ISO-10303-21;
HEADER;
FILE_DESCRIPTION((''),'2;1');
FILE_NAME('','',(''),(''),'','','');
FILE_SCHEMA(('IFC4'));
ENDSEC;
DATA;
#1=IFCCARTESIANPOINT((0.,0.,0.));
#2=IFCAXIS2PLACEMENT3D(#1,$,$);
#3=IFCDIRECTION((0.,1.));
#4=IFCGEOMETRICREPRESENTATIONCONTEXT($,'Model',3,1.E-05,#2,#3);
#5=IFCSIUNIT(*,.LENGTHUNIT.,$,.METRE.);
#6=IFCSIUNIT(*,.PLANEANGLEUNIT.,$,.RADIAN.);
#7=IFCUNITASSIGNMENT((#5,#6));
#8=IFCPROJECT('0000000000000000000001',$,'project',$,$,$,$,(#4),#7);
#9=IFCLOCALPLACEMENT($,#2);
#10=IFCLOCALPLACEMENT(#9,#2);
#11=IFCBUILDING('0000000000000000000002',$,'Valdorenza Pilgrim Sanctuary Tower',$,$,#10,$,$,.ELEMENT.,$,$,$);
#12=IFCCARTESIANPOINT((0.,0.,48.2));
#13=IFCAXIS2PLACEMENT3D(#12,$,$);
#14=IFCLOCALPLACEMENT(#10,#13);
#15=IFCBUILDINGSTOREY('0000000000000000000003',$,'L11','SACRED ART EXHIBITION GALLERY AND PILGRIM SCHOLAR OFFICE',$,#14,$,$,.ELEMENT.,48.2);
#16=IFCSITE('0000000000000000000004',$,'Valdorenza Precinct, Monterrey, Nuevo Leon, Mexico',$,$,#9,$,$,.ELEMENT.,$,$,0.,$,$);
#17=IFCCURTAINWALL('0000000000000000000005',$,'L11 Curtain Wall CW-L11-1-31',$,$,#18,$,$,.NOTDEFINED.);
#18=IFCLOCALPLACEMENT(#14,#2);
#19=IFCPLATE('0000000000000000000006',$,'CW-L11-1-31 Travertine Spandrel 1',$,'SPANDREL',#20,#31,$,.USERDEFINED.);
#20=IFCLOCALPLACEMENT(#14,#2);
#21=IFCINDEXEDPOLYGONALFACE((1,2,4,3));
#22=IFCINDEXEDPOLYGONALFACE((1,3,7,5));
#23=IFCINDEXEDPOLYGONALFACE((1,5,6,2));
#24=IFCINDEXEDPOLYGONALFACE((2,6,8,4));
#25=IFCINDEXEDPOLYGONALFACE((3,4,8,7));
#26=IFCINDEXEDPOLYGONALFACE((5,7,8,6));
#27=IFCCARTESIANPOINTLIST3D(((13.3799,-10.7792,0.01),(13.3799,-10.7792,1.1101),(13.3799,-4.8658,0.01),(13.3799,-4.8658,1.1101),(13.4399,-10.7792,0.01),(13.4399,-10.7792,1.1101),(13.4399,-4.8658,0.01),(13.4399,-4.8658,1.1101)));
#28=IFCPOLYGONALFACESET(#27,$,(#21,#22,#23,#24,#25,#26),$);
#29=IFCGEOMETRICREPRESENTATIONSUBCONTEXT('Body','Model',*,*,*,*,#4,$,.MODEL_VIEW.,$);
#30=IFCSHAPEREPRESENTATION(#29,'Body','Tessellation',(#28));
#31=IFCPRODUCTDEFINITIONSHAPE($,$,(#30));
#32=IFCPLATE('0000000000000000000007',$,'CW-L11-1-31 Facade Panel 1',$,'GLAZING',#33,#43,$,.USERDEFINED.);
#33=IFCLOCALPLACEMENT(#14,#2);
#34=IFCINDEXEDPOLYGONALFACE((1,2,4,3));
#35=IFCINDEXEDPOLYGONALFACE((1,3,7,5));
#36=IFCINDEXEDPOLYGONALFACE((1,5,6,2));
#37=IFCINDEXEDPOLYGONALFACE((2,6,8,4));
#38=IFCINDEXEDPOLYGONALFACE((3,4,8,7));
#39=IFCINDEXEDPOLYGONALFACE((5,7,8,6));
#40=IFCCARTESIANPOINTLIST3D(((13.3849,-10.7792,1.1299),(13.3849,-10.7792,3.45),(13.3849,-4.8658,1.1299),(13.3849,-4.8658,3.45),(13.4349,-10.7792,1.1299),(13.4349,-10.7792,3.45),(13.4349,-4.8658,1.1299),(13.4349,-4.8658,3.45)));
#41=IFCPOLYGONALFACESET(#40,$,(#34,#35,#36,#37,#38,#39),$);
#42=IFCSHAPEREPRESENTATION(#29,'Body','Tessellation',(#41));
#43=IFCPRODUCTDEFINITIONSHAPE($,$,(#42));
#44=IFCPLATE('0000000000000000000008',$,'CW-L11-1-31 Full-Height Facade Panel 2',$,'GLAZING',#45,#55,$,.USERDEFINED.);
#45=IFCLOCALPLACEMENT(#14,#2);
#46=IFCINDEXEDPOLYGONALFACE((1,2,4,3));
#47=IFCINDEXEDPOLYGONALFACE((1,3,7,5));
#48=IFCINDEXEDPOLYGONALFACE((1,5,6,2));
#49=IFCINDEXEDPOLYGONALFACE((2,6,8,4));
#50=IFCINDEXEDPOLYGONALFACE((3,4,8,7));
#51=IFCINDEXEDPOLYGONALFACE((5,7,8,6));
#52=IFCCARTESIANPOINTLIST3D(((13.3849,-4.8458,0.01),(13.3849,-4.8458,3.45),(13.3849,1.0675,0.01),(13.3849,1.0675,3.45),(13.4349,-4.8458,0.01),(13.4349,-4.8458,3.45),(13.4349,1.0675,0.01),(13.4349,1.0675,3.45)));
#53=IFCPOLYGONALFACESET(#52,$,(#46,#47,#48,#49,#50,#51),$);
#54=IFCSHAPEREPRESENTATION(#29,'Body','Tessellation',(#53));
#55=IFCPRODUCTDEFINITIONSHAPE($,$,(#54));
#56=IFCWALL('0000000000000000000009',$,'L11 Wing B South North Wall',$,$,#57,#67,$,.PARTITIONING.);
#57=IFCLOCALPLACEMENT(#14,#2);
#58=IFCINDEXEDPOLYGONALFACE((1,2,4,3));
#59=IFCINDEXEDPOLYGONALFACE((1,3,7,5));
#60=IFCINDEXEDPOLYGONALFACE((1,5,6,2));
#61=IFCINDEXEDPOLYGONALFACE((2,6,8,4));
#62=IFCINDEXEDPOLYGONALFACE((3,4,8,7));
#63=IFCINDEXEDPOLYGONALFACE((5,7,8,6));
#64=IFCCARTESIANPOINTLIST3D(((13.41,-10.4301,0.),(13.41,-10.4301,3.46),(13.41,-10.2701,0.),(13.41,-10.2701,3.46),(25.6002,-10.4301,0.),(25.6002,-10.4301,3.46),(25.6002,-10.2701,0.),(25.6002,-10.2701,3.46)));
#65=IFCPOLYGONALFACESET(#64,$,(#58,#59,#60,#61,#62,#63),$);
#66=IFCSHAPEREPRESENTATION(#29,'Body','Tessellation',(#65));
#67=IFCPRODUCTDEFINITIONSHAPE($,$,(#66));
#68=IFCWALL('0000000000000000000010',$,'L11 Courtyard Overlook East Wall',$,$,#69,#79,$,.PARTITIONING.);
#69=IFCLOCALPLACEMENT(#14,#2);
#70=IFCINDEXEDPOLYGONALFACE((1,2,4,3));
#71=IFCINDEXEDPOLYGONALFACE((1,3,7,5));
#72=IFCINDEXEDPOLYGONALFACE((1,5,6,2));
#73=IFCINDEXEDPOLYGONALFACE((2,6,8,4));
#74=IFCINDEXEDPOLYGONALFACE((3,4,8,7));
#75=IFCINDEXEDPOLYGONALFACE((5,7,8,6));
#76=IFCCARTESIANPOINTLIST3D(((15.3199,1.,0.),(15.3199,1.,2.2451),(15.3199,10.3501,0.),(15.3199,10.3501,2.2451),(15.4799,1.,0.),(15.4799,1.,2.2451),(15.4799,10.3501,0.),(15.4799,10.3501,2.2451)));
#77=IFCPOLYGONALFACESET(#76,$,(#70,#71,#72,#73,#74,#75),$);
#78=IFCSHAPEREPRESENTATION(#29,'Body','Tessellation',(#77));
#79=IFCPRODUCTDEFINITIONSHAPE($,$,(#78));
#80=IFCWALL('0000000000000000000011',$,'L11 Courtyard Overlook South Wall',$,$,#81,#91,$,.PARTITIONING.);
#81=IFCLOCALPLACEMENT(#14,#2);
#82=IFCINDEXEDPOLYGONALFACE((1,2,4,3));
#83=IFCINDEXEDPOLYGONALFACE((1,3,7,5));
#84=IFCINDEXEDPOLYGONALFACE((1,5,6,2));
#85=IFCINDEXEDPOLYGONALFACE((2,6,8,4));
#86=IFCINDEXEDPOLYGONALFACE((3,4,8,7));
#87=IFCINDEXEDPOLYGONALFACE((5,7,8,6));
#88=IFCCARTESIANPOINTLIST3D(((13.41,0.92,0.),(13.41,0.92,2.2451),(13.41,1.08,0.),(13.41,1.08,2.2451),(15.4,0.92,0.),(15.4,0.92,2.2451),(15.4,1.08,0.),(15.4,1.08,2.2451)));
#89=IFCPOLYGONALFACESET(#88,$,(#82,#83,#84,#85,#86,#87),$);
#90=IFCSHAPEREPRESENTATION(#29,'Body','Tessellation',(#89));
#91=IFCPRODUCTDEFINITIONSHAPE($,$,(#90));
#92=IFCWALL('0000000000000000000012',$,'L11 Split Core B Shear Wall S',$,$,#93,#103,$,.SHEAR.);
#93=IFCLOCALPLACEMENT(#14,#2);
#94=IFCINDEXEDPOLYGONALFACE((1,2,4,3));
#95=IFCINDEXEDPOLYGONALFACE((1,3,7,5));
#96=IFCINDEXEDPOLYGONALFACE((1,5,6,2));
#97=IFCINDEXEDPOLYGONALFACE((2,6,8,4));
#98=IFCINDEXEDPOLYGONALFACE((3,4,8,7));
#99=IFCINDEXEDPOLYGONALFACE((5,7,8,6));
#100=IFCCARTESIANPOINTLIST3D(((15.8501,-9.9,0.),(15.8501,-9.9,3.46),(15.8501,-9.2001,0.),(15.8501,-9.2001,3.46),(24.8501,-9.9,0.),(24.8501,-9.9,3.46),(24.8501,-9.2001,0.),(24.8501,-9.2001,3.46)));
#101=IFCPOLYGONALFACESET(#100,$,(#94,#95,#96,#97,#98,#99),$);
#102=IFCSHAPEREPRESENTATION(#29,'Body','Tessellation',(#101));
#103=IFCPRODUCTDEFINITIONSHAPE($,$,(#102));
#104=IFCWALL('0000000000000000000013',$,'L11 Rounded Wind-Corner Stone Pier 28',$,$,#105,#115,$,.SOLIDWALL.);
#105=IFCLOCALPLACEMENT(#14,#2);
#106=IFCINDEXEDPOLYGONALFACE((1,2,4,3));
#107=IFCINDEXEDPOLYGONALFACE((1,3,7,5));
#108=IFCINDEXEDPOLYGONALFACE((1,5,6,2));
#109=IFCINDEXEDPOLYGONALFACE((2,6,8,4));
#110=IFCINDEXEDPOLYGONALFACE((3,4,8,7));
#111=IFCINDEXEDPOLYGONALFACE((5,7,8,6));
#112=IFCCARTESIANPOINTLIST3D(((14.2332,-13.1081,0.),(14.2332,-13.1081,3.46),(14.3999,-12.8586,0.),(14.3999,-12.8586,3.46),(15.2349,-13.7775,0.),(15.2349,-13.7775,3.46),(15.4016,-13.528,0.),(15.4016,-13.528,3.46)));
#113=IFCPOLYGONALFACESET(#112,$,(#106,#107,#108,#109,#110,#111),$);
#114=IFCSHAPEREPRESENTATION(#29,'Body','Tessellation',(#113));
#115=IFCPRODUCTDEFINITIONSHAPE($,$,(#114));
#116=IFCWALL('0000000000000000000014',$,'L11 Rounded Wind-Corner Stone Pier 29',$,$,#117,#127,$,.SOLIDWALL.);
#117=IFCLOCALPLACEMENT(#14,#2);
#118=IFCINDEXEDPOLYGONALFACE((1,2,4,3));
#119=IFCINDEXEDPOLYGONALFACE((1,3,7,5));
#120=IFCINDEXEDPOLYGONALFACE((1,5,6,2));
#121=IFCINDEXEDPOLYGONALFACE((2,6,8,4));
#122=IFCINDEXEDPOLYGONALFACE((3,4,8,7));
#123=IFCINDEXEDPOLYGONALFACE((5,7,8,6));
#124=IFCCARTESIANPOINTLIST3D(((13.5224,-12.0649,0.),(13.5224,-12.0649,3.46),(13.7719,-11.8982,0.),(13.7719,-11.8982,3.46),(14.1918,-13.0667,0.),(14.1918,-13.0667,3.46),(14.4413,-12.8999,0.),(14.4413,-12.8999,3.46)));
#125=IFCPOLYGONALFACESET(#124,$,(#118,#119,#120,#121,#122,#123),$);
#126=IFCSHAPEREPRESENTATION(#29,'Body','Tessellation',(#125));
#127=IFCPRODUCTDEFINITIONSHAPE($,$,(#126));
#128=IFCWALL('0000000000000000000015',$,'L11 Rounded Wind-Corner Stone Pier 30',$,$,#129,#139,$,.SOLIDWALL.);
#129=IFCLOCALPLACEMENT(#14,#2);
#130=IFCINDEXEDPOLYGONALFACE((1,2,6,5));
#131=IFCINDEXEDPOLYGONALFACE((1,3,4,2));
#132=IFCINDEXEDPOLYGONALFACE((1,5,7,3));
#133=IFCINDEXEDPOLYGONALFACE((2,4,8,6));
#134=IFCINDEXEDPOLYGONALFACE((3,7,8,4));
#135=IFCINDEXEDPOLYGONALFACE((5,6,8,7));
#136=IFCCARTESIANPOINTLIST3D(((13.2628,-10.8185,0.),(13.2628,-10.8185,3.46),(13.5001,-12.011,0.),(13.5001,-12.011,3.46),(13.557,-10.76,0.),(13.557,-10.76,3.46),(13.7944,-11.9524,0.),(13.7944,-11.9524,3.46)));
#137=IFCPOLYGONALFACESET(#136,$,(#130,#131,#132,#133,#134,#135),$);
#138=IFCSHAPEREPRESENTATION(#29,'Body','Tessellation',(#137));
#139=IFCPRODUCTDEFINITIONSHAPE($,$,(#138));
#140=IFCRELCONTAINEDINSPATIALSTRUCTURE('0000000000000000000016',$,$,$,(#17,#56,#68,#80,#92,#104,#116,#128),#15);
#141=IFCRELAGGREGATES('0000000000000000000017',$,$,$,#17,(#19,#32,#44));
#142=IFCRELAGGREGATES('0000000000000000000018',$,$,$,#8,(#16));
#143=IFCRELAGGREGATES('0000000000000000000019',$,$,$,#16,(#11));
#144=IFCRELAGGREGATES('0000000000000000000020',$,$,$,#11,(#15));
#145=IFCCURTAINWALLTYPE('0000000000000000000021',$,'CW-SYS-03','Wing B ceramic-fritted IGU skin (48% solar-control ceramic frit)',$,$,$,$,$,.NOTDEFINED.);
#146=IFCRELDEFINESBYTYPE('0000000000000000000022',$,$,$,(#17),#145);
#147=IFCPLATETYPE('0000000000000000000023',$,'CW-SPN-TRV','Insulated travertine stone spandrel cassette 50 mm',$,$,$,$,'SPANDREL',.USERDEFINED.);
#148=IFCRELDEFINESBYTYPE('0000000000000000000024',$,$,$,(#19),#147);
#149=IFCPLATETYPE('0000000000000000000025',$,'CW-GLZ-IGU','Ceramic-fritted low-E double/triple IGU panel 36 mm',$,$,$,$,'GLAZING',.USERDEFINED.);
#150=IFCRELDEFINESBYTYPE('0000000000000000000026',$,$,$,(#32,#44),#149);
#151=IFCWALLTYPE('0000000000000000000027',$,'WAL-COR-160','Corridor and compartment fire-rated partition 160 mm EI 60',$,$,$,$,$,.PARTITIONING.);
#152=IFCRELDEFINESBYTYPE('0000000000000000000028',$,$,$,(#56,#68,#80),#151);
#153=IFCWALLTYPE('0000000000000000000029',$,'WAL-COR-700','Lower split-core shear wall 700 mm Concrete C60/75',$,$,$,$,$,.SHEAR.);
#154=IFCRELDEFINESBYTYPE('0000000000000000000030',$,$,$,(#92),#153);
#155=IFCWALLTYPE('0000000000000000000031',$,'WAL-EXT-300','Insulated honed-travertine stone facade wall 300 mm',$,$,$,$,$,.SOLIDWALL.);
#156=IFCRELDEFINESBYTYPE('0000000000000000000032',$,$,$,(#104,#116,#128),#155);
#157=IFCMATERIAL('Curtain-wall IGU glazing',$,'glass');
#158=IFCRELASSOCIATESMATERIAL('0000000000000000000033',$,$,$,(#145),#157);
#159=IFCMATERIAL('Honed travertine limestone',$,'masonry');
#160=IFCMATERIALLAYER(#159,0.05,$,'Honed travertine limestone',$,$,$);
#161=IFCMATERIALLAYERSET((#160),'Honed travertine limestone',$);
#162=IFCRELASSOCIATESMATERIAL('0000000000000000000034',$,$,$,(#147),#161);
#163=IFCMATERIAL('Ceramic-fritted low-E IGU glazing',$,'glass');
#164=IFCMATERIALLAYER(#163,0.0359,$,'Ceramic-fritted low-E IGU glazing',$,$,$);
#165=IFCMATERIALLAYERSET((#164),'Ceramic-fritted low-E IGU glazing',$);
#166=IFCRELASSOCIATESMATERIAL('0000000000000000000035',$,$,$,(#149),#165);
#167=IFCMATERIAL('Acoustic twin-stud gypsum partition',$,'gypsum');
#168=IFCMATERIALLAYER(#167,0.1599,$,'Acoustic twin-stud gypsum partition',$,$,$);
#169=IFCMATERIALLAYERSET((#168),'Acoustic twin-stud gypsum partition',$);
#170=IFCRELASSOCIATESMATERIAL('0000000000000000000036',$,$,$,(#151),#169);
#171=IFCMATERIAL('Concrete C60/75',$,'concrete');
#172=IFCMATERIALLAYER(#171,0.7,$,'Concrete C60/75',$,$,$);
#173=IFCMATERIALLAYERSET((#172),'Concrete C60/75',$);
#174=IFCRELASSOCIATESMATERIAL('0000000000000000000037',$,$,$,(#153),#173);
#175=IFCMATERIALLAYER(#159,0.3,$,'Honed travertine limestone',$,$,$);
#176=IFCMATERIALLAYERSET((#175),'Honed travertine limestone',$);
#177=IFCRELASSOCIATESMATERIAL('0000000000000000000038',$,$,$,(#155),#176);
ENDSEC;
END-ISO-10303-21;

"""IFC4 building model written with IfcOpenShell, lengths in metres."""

from ifc_helpers import new_model, si_unit, direction, frame, frame_2d, origin, origin_2d, place, context, subcontext, project, spatial, rectangle, extrude, source, transform, mapped, material, layer, layer_set, type_object, element, aggregate, save


model = new_model("IFC4")

# Units and contexts
model_context = context("Model", 3, precision=1e-05, world=origin(), true_north=direction((0.0, 1.0)))
body_context = subcontext(model_context, "Body", "Model", "MODEL_VIEW")
ifc_project = project(units=[si_unit("LENGTHUNIT", "METRE"), si_unit("PLANEANGLEUNIT", "RADIAN")], contexts=[model_context])

# Site, building, storey
site_placement = place(None, origin())
site = spatial("IfcSite", under=ifc_project, at=site_placement, Name="Valdorenza Precinct, Monterrey, Nuevo Leon, Mexico", CompositionType="ELEMENT", RefElevation=0.0)
building_placement = place(site_placement, origin())
building = spatial("IfcBuilding", under=site, at=building_placement, Name="Valdorenza Pilgrim Sanctuary Tower", CompositionType="ELEMENT")
storey_placement = place(building_placement, frame((0.0, 0.0, 48.2)))
storey = spatial("IfcBuildingStorey", under=building, at=storey_placement, Name="L11", Description="SACRED ART EXHIBITION GALLERY AND PILGRIM SCHOLAR OFFICE", CompositionType="ELEMENT", Elevation=48.2)

# Shared definitions
ifc_material_1 = material(Name="Concrete C60/75", Category="concrete")

# Curtain wall, plates
ifc_material_2 = material(Name="Curtain-wall IGU glazing", Category="glass")
curtain_wall_type = type_object("IfcCurtainWallType", Name="CW-SYS-03", Description="Wing B ceramic-fritted IGU skin (48% solar-control ceramic frit)", PredefinedType="NOTDEFINED", material=ifc_material_2)
curtain_wall_placement = place(storey_placement, origin())
curtain_wall = element("IfcCurtainWall", 1, at=curtain_wall_placement, inside=storey, type_object=curtain_wall_type, Name="L11 Curtain Wall CW-L11-1-31", PredefinedType="NOTDEFINED")
ifc_material_3 = material(Name="Honed travertine limestone", Category="masonry")
ifc_layer_1 = layer(ifc_material_3, 0.05, Name="Honed travertine limestone")
ifc_layer_set_1 = layer_set([ifc_layer_1], Name="Honed travertine limestone")
plate_type_1 = type_object("IfcPlateType", Name="CW-SPN-TRV", Description="Insulated travertine stone spandrel cassette 50 mm", ElementType="SPANDREL", PredefinedType="USERDEFINED", material=ifc_layer_set_1)
shared_shape_1 = source(origin(), body_context, "Body", "SweptSolid", [
    extrude(rectangle(XDim=5.9133, YDim=0.0601, at=origin_2d()), origin(), (0.0, 0.0, 1.0), 1.1001),
])
plate_1_placement = place(storey_placement, frame((13.4099, -7.8225, 0.01), z_axis=(0.0, 0.0, 1.0), x_axis=(0.0, 1.0, 0.0)))
plate_1 = element("IfcPlate", 2, at=plate_1_placement, type_object=plate_type_1, Name="CW-L11-1-31 Travertine Spandrel 1", ObjectType="SPANDREL", PredefinedType="USERDEFINED", context=body_context, shape_type="MappedRepresentation", body=[
    mapped(shared_shape_1, transform((0.0, 0.0, 0.0), x_axis=(1.0, 0.0, 0.0), y_axis=(0.0, 1.0, 0.0), z_axis=(0.0, 0.0, 1.0), scale=1.0)),
])
ifc_material_4 = material(Name="Ceramic-fritted low-E IGU glazing", Category="glass")
ifc_layer_2 = layer(ifc_material_4, 0.0359, Name="Ceramic-fritted low-E IGU glazing")
ifc_layer_set_2 = layer_set([ifc_layer_2], Name="Ceramic-fritted low-E IGU glazing")
plate_type_2 = type_object("IfcPlateType", Name="CW-GLZ-IGU", Description="Ceramic-fritted low-E double/triple IGU panel 36 mm", ElementType="GLAZING", PredefinedType="USERDEFINED", material=ifc_layer_set_2)
shared_shape_2 = source(origin(), body_context, "Body", "SweptSolid", [
    extrude(rectangle(XDim=5.9133, YDim=0.05, at=origin_2d()), origin(), (0.0, 0.0, 1.0), 2.3201),
])
plate_2_placement = place(storey_placement, frame((13.4099, -7.8225, 1.1299), z_axis=(0.0, 0.0, 1.0), x_axis=(0.0, 1.0, 0.0)))
plate_2 = element("IfcPlate", 3, at=plate_2_placement, type_object=plate_type_2, Name="CW-L11-1-31 Facade Panel 1", ObjectType="GLAZING", PredefinedType="USERDEFINED", context=body_context, shape_type="MappedRepresentation", body=[
    mapped(shared_shape_2, transform((0.0, 0.0, 0.0), x_axis=(1.0, 0.0, 0.0), y_axis=(0.0, 1.0, 0.0), z_axis=(0.0, 0.0, 1.0), scale=1.0)),
])
shared_shape_3 = source(origin(), body_context, "Body", "SweptSolid", [
    extrude(rectangle(XDim=5.9133, YDim=0.05, at=origin_2d()), origin(), (0.0, 0.0, 1.0), 3.4399),
])
plate_3_placement = place(storey_placement, frame((13.4099, -1.8892, 0.01), z_axis=(0.0, 0.0, 1.0), x_axis=(0.0, 1.0, 0.0)))
plate_3 = element("IfcPlate", 4, at=plate_3_placement, type_object=plate_type_2, Name="CW-L11-1-31 Full-Height Facade Panel 2", ObjectType="GLAZING", PredefinedType="USERDEFINED", context=body_context, shape_type="MappedRepresentation", body=[
    mapped(shared_shape_3, transform((0.0, 0.0, 0.0), x_axis=(1.0, 0.0, 0.0), y_axis=(0.0, 1.0, 0.0), z_axis=(0.0, 0.0, 1.0), scale=1.0)),
])
aggregate(curtain_wall, [plate_1, plate_2, plate_3])

# Walls
ifc_material_5 = material(Name="Acoustic twin-stud gypsum partition", Category="gypsum")
ifc_layer_3 = layer(ifc_material_5, 0.1599, Name="Acoustic twin-stud gypsum partition")
ifc_layer_set_3 = layer_set([ifc_layer_3], Name="Acoustic twin-stud gypsum partition")
wall_type_1 = type_object("IfcWallType", Name="WAL-COR-160", Description="Corridor and compartment fire-rated partition 160 mm EI 60", PredefinedType="PARTITIONING", material=ifc_layer_set_3)
wall_1_placement = place(storey_placement, frame((13.4099, -10.3501, 0.0), z_axis=(0.0, 0.0, 1.0), x_axis=(1.0, 0.0, 0.0)))
element("IfcWall", 5, at=wall_1_placement, inside=storey, type_object=wall_type_1, Name="L11 Wing B South North Wall", PredefinedType="PARTITIONING", context=body_context, shape_type="SweptSolid", body=[
    extrude(rectangle(XDim=12.1902, YDim=0.1599, at=frame_2d((6.0952, 0.0))), origin(), (0.0, 0.0, 1.0), 3.46),
])
wall_2_placement = place(storey_placement, frame((15.3999, 1.0, 0.0), z_axis=(0.0, 0.0, 1.0), x_axis=(0.0, 1.0, 0.0)))
element("IfcWall", 6, at=wall_2_placement, inside=storey, type_object=wall_type_1, Name="L11 Courtyard Overlook East Wall", PredefinedType="PARTITIONING", context=body_context, shape_type="SweptSolid", body=[
    extrude(rectangle(XDim=9.3501, YDim=0.1599, at=frame_2d((4.675, 0.0))), origin(), (0.0, 0.0, 1.0), 2.2451),
])
wall_3_placement = place(storey_placement, frame((13.4099, 1.0, 0.0), z_axis=(0.0, 0.0, 1.0), x_axis=(1.0, 0.0, 0.0)))
element("IfcWall", 7, at=wall_3_placement, inside=storey, type_object=wall_type_1, Name="L11 Courtyard Overlook South Wall", PredefinedType="PARTITIONING", context=body_context, shape_type="SweptSolid", body=[
    extrude(rectangle(XDim=1.99, YDim=0.1599, at=frame_2d((0.9951, 0.0))), origin(), (0.0, 0.0, 1.0), 2.2451),
])
ifc_layer_4 = layer(ifc_material_1, 0.7, Name="Concrete C60/75")
ifc_layer_set_4 = layer_set([ifc_layer_4], Name="Concrete C60/75")
wall_type_2 = type_object("IfcWallType", Name="WAL-COR-700", Description="Lower split-core shear wall 700 mm Concrete C60/75", PredefinedType="SHEAR", material=ifc_layer_set_4)
wall_4_placement = place(storey_placement, frame((15.8501, -9.55, 0.0), z_axis=(0.0, 0.0, 1.0), x_axis=(1.0, 0.0, 0.0)))
element("IfcWall", 8, at=wall_4_placement, inside=storey, type_object=wall_type_2, Name="L11 Split Core B Shear Wall S", PredefinedType="SHEAR", context=body_context, shape_type="SweptSolid", body=[
    extrude(rectangle(XDim=9.0, YDim=0.7, at=frame_2d((4.5, 0.0))), origin(), (0.0, 0.0, 1.0), 3.46),
])
ifc_layer_5 = layer(ifc_material_3, 0.3, Name="Honed travertine limestone")
ifc_layer_set_5 = layer_set([ifc_layer_5], Name="Honed travertine limestone")
wall_type_3 = type_object("IfcWallType", Name="WAL-EXT-300", Description="Insulated honed-travertine stone facade wall 300 mm", PredefinedType="SOLIDWALL", material=ifc_layer_set_5)
for number, where, z_axis, x_axis, name in (
    (9, (15.3184, -13.6528, 0.0), (0.0, 0.0, 1.0), (-0.831426, 0.555635, 0.0), "L11 Rounded Wind-Corner Stone Pier 28"),
    (10, (14.3167, -12.9834, 0.0), (0.0, 0.0, 1.0), (-0.555635, 0.831426, 0.0), "L11 Rounded Wind-Corner Stone Pier 29"),
):
    element("IfcWall", number, at=place(storey_placement, frame(where, z_axis=z_axis, x_axis=x_axis)), inside=storey, type_object=wall_type_3, Name=name, PredefinedType="SOLIDWALL", context=body_context, shape_type="SweptSolid", body=[
        extrude(rectangle(XDim=1.2048, YDim=0.3, at=frame_2d((0.6025, 0.0))), origin(), (0.0, 0.0, 1.0), 3.46),
    ])
wall_5_placement = place(storey_placement, frame((13.6472, -11.9817, 0.0), z_axis=(0.0, 0.0, 1.0), x_axis=(-0.195189, 0.980766, 0.0)))
element("IfcWall", 11, at=wall_5_placement, inside=storey, type_object=wall_type_3, Name="L11 Rounded Wind-Corner Stone Pier 30", PredefinedType="SOLIDWALL", context=body_context, shape_type="SweptSolid", body=[
    extrude(rectangle(XDim=1.2158, YDim=0.3, at=frame_2d((0.6079, 0.0))), origin(), (0.0, 0.0, 1.0), 3.46),
])

save(model, "model.ifc")
